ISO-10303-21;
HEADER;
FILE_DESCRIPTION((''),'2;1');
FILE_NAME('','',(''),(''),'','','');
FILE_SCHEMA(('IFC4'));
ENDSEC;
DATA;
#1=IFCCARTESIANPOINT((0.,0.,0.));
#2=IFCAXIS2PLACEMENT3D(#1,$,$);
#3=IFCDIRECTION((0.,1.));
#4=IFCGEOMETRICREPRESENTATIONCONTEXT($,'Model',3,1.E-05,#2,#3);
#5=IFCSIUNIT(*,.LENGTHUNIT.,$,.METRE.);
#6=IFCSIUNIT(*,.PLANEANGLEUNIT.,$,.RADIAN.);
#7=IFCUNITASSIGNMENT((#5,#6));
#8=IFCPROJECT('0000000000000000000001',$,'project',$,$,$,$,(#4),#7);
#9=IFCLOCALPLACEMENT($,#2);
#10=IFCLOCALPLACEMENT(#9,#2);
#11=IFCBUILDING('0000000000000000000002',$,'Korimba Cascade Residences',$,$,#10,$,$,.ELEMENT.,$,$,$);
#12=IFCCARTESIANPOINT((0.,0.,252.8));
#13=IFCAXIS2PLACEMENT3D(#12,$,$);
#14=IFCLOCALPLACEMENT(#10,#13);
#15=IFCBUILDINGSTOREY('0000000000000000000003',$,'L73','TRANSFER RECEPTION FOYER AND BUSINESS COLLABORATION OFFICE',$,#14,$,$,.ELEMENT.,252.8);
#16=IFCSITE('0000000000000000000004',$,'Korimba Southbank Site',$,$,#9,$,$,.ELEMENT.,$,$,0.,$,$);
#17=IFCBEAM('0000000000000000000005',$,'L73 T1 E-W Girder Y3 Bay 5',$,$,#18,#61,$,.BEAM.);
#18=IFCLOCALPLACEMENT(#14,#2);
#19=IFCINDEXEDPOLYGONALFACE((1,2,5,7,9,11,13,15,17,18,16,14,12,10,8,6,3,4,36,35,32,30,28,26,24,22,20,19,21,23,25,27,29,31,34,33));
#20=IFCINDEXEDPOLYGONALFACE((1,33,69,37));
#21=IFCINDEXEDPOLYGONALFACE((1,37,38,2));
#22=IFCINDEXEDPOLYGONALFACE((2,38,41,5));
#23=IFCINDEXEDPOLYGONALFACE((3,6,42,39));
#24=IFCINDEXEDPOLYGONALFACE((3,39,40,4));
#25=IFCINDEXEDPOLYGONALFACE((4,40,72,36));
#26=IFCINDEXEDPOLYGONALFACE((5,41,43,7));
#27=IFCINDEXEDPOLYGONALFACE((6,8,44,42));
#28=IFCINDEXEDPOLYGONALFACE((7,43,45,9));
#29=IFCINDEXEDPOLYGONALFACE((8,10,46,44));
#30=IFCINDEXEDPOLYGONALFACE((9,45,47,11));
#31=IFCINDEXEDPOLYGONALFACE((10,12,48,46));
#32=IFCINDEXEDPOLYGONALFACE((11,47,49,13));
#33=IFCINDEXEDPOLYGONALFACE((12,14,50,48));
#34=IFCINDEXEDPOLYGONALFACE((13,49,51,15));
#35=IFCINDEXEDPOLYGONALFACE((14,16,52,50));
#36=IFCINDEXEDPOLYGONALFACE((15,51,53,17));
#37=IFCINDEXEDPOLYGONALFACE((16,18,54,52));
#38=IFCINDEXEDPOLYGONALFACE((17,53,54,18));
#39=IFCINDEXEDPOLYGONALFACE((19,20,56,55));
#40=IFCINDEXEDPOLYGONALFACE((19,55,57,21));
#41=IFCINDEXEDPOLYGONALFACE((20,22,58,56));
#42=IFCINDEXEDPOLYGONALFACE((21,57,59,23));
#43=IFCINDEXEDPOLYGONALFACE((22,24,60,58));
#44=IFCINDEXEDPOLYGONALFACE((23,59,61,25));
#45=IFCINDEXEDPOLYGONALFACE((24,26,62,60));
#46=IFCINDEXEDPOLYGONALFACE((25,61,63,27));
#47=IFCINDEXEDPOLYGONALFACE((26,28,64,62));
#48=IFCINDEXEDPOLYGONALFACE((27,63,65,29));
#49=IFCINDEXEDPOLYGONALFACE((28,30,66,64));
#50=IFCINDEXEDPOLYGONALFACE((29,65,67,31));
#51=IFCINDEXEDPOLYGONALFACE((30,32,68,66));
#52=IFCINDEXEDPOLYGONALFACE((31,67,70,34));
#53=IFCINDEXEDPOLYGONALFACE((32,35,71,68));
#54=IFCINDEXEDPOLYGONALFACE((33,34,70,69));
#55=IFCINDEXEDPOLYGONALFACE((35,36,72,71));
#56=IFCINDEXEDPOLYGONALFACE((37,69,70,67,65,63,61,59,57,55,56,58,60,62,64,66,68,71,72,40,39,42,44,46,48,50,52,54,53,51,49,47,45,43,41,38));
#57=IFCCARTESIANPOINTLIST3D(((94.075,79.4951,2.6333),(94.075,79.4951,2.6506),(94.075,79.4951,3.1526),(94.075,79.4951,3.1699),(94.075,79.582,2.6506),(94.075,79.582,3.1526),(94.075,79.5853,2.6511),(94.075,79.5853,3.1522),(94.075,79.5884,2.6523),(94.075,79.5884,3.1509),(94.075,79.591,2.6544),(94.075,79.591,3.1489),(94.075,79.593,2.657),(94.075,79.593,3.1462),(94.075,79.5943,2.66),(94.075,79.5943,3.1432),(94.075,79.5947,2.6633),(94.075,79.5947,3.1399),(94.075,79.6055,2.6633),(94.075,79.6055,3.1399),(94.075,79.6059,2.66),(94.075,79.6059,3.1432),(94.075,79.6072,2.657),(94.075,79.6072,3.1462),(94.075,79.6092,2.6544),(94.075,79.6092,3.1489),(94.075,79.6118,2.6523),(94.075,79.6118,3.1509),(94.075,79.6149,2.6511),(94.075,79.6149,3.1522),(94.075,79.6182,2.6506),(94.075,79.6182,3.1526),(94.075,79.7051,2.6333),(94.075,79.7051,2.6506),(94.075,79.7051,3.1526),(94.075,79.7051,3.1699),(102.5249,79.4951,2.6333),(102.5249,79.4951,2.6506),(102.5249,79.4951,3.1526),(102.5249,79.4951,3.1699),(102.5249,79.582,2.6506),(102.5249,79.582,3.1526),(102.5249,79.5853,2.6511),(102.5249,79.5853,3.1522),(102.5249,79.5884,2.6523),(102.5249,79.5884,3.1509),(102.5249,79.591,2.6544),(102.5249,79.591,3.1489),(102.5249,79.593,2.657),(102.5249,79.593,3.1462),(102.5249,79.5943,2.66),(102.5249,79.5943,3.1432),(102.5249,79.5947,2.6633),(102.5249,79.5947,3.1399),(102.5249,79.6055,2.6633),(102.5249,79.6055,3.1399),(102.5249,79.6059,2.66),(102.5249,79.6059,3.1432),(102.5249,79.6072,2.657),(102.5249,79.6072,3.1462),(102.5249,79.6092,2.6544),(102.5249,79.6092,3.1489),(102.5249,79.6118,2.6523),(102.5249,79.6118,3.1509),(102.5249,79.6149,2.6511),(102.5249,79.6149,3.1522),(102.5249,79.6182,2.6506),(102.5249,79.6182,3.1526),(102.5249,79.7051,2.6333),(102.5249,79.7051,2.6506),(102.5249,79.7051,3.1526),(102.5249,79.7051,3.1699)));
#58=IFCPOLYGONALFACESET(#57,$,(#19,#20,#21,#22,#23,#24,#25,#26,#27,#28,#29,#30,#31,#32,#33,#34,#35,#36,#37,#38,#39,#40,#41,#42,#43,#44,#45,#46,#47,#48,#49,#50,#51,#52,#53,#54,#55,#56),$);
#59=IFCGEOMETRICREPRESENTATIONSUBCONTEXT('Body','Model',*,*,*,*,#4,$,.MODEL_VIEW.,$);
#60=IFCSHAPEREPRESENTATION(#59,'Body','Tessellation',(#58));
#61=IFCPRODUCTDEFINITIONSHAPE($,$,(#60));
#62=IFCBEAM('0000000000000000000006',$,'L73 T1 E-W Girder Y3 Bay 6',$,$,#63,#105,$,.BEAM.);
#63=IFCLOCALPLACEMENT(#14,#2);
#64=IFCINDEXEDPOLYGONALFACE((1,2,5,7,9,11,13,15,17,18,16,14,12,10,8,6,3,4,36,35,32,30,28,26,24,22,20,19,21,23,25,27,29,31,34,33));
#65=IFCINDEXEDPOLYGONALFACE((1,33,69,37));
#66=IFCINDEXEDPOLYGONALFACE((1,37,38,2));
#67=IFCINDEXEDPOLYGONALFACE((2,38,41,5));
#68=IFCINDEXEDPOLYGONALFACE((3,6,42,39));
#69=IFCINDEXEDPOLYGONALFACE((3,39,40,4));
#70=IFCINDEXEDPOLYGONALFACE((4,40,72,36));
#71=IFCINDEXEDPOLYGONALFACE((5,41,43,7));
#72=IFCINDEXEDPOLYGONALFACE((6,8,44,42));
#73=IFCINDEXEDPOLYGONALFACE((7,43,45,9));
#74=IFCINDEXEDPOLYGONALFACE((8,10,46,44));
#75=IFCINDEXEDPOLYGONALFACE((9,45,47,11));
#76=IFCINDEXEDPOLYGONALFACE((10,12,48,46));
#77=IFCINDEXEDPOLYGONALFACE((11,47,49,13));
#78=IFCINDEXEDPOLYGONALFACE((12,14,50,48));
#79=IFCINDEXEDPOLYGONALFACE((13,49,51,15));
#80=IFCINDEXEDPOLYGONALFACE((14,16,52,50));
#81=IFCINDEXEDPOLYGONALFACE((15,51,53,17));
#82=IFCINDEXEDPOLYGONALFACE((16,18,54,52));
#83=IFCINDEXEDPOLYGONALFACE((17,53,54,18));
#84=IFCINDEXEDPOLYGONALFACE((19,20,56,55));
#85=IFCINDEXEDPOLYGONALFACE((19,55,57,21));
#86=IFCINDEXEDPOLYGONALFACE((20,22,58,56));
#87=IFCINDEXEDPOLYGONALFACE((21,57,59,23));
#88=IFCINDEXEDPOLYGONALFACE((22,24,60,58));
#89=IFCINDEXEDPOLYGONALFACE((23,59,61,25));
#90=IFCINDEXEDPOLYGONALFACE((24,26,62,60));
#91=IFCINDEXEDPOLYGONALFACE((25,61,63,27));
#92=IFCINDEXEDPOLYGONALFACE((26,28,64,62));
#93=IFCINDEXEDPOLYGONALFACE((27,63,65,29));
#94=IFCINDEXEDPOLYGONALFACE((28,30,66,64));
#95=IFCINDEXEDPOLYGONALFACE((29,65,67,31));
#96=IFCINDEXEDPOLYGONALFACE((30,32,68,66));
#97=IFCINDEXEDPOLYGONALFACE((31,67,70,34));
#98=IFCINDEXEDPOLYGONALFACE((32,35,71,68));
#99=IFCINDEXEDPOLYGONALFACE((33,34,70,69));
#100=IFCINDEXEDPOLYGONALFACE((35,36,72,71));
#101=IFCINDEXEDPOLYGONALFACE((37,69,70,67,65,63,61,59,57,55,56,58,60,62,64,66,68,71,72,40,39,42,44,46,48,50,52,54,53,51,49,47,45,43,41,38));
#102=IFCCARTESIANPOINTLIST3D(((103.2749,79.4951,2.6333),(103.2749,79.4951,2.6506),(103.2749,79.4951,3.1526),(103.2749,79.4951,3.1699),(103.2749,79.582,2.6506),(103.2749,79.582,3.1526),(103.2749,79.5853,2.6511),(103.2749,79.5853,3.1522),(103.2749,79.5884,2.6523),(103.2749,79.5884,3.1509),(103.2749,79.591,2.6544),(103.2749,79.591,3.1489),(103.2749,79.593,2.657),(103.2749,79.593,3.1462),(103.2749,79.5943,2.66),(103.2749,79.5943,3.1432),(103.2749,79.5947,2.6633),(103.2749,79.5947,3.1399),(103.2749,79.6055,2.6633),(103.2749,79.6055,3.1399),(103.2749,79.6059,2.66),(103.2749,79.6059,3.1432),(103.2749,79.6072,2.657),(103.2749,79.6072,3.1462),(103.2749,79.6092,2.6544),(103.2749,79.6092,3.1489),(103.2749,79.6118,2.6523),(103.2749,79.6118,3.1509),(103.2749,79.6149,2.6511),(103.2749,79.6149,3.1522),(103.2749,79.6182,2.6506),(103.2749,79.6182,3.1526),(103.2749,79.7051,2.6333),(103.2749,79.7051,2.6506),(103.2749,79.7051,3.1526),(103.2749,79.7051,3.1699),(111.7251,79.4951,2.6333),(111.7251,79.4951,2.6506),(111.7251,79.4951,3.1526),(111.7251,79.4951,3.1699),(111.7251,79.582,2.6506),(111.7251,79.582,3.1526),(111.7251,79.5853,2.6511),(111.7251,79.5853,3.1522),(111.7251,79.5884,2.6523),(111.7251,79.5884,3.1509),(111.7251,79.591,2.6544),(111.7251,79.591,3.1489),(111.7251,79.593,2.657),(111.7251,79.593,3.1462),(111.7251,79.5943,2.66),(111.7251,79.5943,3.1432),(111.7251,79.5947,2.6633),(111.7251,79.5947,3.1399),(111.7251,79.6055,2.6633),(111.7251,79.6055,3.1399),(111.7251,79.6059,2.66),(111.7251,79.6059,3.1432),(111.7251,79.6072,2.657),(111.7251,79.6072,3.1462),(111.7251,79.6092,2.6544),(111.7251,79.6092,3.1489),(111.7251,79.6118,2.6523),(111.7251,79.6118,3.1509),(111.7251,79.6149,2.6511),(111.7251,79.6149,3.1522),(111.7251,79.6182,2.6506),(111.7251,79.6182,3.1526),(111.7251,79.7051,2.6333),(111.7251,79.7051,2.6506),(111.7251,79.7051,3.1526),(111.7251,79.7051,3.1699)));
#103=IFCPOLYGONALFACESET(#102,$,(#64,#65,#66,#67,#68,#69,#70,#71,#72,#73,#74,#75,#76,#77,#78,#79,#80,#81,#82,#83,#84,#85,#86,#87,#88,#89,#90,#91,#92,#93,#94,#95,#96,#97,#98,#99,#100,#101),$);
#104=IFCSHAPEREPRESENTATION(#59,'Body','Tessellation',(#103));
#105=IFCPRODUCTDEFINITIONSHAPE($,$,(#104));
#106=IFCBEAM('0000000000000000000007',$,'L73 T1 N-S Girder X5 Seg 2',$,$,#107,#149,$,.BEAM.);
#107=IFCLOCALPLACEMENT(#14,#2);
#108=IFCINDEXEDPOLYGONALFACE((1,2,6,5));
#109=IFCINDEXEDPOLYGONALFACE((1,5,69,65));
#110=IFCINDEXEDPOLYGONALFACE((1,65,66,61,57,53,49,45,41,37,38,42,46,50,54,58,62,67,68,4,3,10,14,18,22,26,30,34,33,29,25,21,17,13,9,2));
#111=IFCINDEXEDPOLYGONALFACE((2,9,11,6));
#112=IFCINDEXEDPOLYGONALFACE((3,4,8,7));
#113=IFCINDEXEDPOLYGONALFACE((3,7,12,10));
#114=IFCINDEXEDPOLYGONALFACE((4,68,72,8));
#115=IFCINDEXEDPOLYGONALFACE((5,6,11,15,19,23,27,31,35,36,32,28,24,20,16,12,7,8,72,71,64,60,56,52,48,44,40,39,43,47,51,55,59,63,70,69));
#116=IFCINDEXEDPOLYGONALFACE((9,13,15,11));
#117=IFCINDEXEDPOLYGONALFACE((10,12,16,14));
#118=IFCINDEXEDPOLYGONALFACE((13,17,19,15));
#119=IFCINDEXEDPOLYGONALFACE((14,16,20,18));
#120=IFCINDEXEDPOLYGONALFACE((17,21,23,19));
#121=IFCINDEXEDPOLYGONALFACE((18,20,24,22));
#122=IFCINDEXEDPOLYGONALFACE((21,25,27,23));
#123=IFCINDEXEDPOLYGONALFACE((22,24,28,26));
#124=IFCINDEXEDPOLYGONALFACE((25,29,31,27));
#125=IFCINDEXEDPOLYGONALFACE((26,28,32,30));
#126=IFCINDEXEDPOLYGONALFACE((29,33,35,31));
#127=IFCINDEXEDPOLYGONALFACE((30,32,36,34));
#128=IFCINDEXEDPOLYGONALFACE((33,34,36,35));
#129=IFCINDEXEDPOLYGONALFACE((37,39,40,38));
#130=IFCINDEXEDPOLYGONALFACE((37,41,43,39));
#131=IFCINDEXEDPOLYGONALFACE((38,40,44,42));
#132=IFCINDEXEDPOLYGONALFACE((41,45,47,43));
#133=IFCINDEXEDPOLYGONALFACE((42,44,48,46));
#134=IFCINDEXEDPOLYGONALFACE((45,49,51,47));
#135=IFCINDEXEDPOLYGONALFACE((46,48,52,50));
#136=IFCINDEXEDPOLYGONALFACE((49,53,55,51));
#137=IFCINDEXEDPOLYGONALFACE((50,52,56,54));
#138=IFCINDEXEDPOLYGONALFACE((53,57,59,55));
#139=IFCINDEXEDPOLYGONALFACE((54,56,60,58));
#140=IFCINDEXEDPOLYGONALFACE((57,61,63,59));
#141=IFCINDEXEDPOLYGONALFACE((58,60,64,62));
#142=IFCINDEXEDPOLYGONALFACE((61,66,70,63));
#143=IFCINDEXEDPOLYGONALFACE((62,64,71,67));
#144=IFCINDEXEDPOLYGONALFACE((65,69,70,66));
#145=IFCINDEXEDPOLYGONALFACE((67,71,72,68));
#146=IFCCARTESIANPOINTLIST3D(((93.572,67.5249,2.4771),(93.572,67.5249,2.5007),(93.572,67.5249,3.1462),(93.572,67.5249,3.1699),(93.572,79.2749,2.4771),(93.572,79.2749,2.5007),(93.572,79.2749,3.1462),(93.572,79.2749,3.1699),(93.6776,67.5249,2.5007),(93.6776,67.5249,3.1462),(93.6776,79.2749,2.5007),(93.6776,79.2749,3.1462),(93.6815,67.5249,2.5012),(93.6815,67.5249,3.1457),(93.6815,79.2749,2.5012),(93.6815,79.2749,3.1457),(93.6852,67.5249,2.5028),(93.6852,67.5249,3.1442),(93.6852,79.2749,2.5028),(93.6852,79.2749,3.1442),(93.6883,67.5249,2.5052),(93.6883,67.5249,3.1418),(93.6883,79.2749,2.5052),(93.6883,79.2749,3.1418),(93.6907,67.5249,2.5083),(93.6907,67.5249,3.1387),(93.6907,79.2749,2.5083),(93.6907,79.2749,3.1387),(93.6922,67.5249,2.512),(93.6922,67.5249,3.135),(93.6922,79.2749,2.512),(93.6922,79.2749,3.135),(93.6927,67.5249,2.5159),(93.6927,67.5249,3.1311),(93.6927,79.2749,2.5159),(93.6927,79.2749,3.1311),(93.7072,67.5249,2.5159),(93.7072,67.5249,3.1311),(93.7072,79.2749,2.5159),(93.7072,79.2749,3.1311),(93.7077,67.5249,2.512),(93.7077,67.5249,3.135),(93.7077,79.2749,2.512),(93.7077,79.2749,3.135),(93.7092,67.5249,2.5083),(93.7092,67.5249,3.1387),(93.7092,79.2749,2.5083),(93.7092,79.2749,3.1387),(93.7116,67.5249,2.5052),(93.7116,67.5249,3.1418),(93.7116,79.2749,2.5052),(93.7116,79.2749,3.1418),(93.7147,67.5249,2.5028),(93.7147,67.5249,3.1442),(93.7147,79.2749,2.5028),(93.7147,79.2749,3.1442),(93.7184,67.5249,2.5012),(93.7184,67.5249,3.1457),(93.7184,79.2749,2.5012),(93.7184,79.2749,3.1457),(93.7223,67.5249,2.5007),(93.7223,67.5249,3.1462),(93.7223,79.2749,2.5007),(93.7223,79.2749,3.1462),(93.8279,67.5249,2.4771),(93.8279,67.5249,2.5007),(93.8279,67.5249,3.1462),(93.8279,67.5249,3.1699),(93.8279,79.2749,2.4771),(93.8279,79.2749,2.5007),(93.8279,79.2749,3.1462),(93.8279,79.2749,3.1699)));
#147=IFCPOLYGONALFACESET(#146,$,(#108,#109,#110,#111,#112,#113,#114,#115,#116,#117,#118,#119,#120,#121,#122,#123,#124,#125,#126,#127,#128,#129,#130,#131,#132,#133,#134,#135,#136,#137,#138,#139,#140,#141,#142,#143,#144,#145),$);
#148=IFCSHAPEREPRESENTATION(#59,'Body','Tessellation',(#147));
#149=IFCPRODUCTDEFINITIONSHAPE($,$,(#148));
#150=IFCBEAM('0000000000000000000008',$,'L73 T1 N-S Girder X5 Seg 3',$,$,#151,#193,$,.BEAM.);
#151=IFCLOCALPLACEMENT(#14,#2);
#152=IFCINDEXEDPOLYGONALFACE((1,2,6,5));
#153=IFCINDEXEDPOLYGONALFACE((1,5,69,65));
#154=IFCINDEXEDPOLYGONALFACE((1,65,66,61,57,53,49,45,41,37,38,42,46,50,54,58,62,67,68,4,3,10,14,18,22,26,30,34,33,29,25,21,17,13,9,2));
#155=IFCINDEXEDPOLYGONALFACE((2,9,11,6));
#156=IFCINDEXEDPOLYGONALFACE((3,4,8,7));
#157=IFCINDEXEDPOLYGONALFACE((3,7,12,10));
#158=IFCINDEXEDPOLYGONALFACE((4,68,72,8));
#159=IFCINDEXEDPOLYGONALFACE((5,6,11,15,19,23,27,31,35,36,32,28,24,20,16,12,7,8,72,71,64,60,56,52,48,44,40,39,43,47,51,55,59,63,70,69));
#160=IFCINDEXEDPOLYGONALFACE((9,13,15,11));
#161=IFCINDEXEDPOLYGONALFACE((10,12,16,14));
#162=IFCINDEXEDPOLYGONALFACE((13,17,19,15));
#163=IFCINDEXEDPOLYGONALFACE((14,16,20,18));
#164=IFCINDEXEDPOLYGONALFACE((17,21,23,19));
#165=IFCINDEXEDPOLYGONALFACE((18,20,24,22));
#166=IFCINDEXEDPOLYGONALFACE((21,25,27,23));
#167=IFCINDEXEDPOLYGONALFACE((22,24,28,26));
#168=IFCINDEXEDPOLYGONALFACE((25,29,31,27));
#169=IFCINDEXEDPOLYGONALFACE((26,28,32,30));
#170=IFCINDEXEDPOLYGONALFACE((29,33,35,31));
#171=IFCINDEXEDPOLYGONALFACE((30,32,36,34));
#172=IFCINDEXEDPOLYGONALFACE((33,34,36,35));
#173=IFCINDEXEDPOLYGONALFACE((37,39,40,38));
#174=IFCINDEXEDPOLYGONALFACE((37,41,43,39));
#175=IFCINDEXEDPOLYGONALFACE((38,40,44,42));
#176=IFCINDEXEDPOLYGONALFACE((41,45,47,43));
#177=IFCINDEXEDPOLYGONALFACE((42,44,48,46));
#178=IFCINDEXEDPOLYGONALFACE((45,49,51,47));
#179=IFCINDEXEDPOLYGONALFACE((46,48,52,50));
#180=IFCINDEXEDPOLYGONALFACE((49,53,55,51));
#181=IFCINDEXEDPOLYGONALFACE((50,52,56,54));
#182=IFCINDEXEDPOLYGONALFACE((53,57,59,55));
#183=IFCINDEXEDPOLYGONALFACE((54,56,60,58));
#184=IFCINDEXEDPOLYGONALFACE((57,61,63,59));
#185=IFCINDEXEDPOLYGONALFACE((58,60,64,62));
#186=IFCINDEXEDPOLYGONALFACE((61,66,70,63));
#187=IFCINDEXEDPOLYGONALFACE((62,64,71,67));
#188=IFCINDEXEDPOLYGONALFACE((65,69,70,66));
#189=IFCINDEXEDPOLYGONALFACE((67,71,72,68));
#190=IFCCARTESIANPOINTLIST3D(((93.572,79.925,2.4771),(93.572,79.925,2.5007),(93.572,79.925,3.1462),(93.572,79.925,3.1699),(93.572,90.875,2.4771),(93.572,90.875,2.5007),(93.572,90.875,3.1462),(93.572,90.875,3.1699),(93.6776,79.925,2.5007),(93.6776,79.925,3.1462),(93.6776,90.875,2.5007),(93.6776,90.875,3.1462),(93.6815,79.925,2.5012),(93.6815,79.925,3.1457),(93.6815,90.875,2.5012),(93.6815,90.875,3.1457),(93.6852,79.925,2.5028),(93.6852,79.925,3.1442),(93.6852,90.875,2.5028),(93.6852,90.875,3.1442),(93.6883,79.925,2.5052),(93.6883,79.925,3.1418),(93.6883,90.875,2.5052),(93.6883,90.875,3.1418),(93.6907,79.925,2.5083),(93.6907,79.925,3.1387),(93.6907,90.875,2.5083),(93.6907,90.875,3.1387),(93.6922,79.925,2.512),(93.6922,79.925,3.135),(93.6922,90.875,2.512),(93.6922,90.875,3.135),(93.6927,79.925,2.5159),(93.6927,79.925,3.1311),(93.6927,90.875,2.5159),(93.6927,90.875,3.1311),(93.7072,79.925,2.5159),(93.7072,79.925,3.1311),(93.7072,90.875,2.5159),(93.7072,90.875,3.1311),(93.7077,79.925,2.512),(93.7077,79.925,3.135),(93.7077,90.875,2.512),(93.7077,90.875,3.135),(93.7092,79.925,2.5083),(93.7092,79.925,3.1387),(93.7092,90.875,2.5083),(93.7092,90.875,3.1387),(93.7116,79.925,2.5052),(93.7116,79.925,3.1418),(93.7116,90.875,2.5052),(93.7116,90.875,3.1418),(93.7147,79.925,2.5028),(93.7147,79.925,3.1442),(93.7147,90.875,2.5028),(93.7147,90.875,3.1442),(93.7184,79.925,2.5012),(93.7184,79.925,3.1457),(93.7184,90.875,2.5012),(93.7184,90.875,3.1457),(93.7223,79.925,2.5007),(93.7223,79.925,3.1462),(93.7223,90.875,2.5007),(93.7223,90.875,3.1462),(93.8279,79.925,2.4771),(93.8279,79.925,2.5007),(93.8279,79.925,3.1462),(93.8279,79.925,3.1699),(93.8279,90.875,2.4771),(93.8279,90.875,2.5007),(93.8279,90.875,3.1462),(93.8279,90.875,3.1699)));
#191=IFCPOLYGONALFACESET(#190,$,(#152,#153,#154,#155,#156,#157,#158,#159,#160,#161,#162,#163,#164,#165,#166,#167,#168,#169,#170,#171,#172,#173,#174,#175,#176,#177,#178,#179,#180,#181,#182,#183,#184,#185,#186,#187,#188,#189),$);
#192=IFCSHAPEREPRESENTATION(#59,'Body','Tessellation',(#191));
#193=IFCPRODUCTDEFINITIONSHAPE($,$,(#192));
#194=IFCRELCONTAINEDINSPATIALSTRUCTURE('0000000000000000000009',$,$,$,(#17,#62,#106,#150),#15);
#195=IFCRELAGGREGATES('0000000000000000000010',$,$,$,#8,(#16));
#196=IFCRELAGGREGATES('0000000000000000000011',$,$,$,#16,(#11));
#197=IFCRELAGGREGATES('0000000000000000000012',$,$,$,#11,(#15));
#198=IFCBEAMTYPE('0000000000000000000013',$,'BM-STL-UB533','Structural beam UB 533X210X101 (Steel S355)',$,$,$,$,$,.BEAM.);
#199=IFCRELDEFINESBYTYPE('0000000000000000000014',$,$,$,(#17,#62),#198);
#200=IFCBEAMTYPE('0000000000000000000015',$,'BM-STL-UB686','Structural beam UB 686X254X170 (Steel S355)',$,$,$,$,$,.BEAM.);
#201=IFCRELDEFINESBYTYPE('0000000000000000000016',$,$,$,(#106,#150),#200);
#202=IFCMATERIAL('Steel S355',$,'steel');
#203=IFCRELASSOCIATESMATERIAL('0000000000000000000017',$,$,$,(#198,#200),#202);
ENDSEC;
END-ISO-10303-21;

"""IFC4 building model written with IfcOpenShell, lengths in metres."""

from ifc_helpers import new_model, si_unit, direction, frame, origin, origin_2d, place, context, subcontext, project, spatial, i_section, extrude, material, material_profile, profile_set, type_object, element, save


model = new_model("IFC4")

# Units and contexts
model_context = context("Model", 3, precision=1e-05, world=origin(), true_north=direction((0.0, 1.0)))
body_context = subcontext(model_context, "Body", "Model", "MODEL_VIEW")
ifc_project = project(units=[si_unit("LENGTHUNIT", "METRE"), si_unit("PLANEANGLEUNIT", "RADIAN")], contexts=[model_context])

# Site, building, storey
site_placement = place(None, origin())
site = spatial("IfcSite", under=ifc_project, at=site_placement, Name="Korimba Southbank Site", CompositionType="ELEMENT", RefElevation=0.0)
building_placement = place(site_placement, origin())
building = spatial("IfcBuilding", under=site, at=building_placement, Name="Korimba Cascade Residences", CompositionType="ELEMENT")
storey_placement = place(building_placement, frame((0.0, 0.0, 252.8)))
storey = spatial("IfcBuildingStorey", under=building, at=storey_placement, Name="L73", Description="TRANSFER RECEPTION FOYER AND BUSINESS COLLABORATION OFFICE", CompositionType="ELEMENT", Elevation=252.8)

# Beams
ifc_material_1 = material(Name="Steel S355", Category="steel")
ifc_material_profile_1 = material_profile(ifc_material_1, i_section(OverallWidth=0.21, OverallDepth=0.5366, WebThickness=0.0107, FlangeThickness=0.0173, FilletRadius=0.0127, at=origin_2d()), Name="Steel S355")
ifc_profile_set_1 = profile_set([ifc_material_profile_1], Name="Steel S355")
beam_type_1 = type_object("IfcBeamType", Name="BM-STL-UB533", Description="Structural beam UB 533X210X101 (Steel S355)", PredefinedType="BEAM", material=ifc_profile_set_1)
beam_1_placement = place(storey_placement, frame((94.075, 79.6001, 2.9016), z_axis=(1.0, 0.0, 0.0), x_axis=(0.0, 1.0, 0.0)))
element("IfcBeam", 1, at=beam_1_placement, inside=storey, type_object=beam_type_1, Name="L73 T1 E-W Girder Y3 Bay 5", PredefinedType="BEAM", context=body_context, shape_type="SweptSolid", body=[
    extrude(i_section(OverallWidth=0.21, OverallDepth=0.5366, WebThickness=0.0107, FlangeThickness=0.0173, FilletRadius=0.0127, at=origin_2d()), origin(), (0.0, 0.0, 1.0), 8.45),
])
beam_2_placement = place(storey_placement, frame((103.2749, 79.6001, 2.9016), z_axis=(1.0, 0.0, 0.0), x_axis=(0.0, 1.0, 0.0)))
element("IfcBeam", 2, at=beam_2_placement, inside=storey, type_object=beam_type_1, Name="L73 T1 E-W Girder Y3 Bay 6", PredefinedType="BEAM", context=body_context, shape_type="SweptSolid", body=[
    extrude(i_section(OverallWidth=0.21, OverallDepth=0.5366, WebThickness=0.0107, FlangeThickness=0.0173, FilletRadius=0.0127, at=origin_2d()), origin(), (0.0, 0.0, 1.0), 8.4502),
])
ifc_material_profile_2 = material_profile(ifc_material_1, i_section(OverallWidth=0.2559, OverallDepth=0.6929, WebThickness=0.0144, FlangeThickness=0.0237, FilletRadius=0.0151, at=origin_2d()), Name="Steel S355")
ifc_profile_set_2 = profile_set([ifc_material_profile_2], Name="Steel S355")
beam_type_2 = type_object("IfcBeamType", Name="BM-STL-UB686", Description="Structural beam UB 686X254X170 (Steel S355)", PredefinedType="BEAM", material=ifc_profile_set_2)
beam_3_placement = place(storey_placement, frame((93.7, 67.5249, 2.8235), z_axis=(0.0, 1.0, 0.0), x_axis=(-1.0, 0.0, 0.0)))
element("IfcBeam", 3, at=beam_3_placement, inside=storey, type_object=beam_type_2, Name="L73 T1 N-S Girder X5 Seg 2", PredefinedType="BEAM", context=body_context, shape_type="SweptSolid", body=[
    extrude(i_section(OverallWidth=0.2559, OverallDepth=0.6929, WebThickness=0.0144, FlangeThickness=0.0237, FilletRadius=0.0151, at=origin_2d()), origin(), (0.0, 0.0, 1.0), 11.75),
])
beam_4_placement = place(storey_placement, frame((93.7, 79.925, 2.8235), z_axis=(0.0, 1.0, 0.0), x_axis=(-1.0, 0.0, 0.0)))
element("IfcBeam", 4, at=beam_4_placement, inside=storey, type_object=beam_type_2, Name="L73 T1 N-S Girder X5 Seg 3", PredefinedType="BEAM", context=body_context, shape_type="SweptSolid", body=[
    extrude(i_section(OverallWidth=0.2559, OverallDepth=0.6929, WebThickness=0.0144, FlangeThickness=0.0237, FilletRadius=0.0151, at=origin_2d()), origin(), (0.0, 0.0, 1.0), 10.95),
])

save(model, "model.ifc")
